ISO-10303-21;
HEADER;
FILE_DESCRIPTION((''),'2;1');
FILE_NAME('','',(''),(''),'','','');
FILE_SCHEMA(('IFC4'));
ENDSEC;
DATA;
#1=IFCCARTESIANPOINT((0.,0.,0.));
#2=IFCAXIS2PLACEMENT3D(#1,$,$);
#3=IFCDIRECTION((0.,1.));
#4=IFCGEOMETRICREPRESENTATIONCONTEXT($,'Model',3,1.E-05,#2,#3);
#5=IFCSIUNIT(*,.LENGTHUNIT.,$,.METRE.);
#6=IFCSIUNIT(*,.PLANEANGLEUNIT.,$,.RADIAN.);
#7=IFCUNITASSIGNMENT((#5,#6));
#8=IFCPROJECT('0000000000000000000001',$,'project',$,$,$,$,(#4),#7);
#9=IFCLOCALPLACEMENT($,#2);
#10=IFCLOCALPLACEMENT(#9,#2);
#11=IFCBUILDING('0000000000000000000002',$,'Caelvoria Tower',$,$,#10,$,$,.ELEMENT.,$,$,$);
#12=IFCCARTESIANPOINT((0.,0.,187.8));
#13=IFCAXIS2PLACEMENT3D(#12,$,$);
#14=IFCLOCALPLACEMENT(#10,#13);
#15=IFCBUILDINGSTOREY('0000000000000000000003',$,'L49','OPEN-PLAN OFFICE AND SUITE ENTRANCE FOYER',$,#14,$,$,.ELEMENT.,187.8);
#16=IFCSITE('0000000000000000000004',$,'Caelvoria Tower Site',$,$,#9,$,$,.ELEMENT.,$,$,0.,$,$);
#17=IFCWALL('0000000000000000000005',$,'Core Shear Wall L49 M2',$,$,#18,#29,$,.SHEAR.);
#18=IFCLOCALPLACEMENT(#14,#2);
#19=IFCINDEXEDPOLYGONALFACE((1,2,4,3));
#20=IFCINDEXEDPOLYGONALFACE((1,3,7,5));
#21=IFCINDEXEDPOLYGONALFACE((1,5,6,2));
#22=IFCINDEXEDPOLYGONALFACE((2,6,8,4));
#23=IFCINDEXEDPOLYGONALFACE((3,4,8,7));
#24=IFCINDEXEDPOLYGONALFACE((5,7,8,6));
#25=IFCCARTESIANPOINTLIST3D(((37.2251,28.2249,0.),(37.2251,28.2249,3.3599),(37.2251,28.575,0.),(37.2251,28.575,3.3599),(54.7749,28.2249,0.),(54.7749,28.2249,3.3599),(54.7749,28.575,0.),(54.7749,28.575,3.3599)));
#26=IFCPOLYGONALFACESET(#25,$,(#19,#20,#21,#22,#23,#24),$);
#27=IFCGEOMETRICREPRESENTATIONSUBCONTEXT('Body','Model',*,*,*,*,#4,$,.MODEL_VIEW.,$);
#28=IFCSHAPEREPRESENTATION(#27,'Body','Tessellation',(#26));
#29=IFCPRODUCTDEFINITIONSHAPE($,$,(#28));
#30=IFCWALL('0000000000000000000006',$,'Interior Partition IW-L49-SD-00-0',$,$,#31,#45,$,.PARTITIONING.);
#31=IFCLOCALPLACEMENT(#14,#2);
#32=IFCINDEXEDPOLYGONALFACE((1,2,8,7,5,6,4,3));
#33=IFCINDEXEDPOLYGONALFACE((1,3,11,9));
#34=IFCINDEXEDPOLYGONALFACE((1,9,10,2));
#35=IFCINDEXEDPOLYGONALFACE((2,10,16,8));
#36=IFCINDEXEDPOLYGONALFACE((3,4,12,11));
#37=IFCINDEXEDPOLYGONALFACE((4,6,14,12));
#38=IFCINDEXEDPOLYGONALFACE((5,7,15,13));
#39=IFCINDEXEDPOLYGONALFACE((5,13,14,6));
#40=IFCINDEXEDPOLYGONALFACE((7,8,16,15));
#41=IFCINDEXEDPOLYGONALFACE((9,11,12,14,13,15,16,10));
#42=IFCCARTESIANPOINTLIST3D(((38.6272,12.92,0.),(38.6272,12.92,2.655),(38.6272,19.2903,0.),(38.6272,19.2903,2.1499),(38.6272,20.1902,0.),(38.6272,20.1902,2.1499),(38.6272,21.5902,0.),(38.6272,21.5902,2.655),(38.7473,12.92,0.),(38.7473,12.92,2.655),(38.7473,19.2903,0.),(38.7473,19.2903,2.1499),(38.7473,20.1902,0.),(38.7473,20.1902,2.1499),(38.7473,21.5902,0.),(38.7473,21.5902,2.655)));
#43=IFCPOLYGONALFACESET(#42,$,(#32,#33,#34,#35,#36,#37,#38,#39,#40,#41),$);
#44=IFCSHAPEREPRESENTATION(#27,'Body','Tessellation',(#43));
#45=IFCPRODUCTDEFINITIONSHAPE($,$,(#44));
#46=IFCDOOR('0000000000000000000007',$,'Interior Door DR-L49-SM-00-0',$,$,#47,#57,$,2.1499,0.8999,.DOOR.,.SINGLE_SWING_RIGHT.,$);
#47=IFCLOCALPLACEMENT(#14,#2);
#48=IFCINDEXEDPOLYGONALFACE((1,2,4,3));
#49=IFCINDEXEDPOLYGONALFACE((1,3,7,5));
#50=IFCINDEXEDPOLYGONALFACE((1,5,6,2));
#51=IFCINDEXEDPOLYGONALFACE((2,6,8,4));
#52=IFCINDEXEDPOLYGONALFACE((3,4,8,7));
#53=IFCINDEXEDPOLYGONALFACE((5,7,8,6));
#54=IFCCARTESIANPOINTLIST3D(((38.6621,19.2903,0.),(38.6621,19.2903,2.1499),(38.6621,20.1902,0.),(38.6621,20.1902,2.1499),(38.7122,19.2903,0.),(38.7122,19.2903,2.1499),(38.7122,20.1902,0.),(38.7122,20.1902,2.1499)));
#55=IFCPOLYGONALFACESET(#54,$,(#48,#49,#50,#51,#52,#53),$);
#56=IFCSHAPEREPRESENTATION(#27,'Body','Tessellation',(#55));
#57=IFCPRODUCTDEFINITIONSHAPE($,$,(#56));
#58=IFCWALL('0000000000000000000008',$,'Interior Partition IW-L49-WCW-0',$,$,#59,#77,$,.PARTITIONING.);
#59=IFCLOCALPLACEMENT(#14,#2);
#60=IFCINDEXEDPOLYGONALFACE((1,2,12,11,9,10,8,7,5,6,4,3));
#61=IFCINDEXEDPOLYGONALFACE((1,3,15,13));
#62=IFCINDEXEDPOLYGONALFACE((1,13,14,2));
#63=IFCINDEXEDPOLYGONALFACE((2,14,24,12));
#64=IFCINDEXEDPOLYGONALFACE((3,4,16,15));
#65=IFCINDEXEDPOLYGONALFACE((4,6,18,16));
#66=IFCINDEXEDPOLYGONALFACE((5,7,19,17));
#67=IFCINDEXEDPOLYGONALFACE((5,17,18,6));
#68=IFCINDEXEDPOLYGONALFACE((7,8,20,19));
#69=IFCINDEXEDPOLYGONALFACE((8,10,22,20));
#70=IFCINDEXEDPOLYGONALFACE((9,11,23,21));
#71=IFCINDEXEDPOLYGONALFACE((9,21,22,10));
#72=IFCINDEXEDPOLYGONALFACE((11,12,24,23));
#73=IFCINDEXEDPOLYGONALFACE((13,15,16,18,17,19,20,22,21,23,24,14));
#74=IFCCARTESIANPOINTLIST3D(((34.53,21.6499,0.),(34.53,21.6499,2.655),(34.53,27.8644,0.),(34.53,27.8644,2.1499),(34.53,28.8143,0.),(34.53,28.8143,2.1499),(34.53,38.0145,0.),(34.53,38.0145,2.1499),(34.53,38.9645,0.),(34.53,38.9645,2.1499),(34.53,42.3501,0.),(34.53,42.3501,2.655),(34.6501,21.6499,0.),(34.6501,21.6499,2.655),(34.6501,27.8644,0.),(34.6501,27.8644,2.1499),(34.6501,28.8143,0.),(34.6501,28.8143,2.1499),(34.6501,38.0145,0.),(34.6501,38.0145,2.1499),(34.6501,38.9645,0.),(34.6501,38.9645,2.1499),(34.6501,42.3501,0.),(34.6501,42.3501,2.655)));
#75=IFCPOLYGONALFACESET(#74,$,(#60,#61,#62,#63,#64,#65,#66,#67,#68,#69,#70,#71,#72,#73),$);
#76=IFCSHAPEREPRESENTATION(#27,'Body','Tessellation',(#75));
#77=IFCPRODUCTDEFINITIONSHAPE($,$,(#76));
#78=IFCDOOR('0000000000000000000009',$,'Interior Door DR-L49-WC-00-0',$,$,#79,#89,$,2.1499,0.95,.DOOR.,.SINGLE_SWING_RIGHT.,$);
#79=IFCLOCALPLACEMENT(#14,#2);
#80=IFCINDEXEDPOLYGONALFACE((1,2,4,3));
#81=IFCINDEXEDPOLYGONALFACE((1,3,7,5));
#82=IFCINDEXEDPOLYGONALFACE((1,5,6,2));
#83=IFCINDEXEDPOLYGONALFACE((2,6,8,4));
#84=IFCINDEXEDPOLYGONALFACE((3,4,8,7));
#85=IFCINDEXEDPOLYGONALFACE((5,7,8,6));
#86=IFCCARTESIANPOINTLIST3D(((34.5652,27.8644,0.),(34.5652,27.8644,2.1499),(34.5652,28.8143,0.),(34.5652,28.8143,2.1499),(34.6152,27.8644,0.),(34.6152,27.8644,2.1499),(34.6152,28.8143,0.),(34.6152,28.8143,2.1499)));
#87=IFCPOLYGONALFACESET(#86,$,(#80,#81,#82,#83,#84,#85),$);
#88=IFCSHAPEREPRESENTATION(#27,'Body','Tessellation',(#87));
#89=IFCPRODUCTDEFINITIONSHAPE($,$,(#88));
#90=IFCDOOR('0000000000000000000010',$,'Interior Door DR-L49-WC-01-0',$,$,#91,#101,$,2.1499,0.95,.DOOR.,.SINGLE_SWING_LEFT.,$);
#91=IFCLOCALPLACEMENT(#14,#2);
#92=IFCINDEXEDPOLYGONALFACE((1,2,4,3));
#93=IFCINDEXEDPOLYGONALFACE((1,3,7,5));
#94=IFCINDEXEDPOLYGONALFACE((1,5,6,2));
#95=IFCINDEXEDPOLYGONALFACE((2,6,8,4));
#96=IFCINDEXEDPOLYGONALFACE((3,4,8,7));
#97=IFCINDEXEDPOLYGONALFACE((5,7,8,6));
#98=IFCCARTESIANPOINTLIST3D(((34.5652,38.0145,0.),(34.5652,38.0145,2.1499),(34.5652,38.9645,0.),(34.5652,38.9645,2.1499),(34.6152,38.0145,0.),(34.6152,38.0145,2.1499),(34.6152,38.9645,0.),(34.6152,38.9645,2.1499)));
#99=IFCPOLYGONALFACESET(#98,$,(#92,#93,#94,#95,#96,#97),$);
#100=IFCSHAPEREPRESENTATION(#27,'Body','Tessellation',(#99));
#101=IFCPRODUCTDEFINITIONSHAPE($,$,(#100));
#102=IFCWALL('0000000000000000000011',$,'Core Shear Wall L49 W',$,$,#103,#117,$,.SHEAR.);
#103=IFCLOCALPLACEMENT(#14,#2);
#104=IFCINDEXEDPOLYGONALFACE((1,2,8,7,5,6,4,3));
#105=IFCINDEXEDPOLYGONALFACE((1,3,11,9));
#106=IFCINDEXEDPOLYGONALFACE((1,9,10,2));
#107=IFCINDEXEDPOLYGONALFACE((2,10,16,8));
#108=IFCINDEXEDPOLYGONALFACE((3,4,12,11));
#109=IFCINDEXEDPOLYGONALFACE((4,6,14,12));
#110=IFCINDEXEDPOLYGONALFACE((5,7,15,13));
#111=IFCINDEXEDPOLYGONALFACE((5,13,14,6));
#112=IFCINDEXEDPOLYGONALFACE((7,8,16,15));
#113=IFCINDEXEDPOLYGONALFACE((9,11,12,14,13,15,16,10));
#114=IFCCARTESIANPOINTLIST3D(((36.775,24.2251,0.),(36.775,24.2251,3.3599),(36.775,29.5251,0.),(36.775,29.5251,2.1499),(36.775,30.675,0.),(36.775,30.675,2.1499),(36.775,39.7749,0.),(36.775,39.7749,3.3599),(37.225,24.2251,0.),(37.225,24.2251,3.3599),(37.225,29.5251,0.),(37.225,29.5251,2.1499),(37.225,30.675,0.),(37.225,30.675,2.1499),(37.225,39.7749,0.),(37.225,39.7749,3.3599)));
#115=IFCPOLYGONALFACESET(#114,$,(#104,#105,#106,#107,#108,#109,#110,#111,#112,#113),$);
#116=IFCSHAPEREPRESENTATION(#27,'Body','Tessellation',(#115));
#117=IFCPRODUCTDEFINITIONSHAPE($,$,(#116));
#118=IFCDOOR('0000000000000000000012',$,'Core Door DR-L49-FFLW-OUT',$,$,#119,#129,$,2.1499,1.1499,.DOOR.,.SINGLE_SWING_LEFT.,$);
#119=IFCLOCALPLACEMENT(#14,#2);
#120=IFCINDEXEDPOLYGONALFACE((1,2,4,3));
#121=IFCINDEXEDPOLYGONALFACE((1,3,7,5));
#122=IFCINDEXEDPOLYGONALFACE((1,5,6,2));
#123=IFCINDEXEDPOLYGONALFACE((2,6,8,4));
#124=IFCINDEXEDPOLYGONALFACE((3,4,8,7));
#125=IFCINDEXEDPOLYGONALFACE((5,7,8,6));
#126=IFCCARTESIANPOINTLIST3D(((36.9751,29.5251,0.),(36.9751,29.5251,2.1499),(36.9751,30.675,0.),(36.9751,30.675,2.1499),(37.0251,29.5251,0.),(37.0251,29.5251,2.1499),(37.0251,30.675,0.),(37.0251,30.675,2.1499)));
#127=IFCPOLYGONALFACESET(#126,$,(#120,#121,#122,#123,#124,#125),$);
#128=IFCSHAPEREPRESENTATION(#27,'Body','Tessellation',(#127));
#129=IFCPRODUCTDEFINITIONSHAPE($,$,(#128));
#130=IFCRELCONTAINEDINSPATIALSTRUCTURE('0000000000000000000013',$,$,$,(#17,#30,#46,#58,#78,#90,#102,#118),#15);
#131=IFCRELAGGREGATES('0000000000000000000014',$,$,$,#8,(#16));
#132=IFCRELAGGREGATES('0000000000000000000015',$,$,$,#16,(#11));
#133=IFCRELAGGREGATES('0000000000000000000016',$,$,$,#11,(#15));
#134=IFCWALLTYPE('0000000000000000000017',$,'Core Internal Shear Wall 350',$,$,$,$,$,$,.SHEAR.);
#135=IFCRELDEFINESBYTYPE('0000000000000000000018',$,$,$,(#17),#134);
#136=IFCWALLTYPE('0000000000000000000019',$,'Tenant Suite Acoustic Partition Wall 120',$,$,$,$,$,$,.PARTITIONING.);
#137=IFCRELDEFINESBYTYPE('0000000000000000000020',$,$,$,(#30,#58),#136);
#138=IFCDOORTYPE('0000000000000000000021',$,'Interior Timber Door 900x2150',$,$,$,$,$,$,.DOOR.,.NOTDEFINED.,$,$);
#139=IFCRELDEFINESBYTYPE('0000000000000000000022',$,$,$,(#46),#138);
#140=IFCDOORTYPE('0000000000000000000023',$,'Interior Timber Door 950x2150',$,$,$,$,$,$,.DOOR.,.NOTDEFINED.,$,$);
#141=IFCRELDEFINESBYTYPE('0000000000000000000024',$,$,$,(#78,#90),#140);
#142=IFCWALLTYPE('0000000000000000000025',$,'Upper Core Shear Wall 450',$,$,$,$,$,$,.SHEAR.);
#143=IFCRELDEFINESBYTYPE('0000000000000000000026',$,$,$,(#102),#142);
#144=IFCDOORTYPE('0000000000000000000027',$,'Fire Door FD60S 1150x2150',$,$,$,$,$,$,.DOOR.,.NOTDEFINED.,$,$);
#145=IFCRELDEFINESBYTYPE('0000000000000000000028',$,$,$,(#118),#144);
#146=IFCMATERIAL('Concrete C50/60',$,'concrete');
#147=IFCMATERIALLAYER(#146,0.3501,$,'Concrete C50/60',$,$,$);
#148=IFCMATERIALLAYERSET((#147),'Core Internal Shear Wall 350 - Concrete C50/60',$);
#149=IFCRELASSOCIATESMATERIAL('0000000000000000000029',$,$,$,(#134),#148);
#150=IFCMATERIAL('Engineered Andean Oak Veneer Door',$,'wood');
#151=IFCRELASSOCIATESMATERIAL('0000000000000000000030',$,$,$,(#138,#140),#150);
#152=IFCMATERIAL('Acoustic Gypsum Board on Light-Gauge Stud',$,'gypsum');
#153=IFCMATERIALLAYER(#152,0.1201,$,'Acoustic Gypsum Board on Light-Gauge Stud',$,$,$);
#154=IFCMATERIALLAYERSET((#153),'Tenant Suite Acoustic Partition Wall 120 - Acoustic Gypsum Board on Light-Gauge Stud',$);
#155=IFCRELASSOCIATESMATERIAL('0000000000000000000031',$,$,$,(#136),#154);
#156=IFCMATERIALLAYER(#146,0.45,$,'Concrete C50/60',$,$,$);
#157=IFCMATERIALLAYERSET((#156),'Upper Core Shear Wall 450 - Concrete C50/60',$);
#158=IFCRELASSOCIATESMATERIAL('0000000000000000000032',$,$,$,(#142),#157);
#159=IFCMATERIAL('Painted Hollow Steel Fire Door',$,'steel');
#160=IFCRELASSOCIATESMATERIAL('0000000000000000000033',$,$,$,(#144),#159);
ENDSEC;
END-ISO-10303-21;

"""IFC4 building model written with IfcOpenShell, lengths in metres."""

from ifc_helpers import new_model, si_unit, direction, frame, frame_2d, origin, place, context, subcontext, project, spatial, rectangle, extrude, material, layer, layer_set, type_object, element, fill, save


model = new_model("IFC4")

# Units and contexts
model_context = context("Model", 3, precision=1e-05, world=origin(), true_north=direction((0.0, 1.0)))
body_context = subcontext(model_context, "Body", "Model", "MODEL_VIEW")
ifc_project = project(units=[si_unit("LENGTHUNIT", "METRE"), si_unit("PLANEANGLEUNIT", "RADIAN")], contexts=[model_context])

# Site, building, storey
site_placement = place(None, origin())
site = spatial("IfcSite", under=ifc_project, at=site_placement, Name="Caelvoria Tower Site", CompositionType="ELEMENT", RefElevation=0.0)
building_placement = place(site_placement, origin())
building = spatial("IfcBuilding", under=site, at=building_placement, Name="Caelvoria Tower", CompositionType="ELEMENT")
storey_placement = place(building_placement, frame((0.0, 0.0, 187.8)))
storey = spatial("IfcBuildingStorey", under=building, at=storey_placement, Name="L49", Description="OPEN-PLAN OFFICE AND SUITE ENTRANCE FOYER", CompositionType="ELEMENT", Elevation=187.8)

# Shared definitions
ifc_material_1 = material(Name="Concrete C50/60", Category="concrete")
ifc_layer_1 = layer(ifc_material_1, 0.3501, Name="Concrete C50/60")
ifc_layer_set_1 = layer_set([ifc_layer_1], Name="Core Internal Shear Wall 350 - Concrete C50/60")
wall_type_1 = type_object("IfcWallType", Name="Core Internal Shear Wall 350", PredefinedType="SHEAR", material=ifc_layer_set_1)
ifc_material_2 = material(Name="Painted Hollow Steel Fire Door", Category="steel")

# Wall
wall_1_placement = place(storey_placement, frame((37.2251, 28.3999, 0.0), z_axis=(0.0, 0.0, 1.0), x_axis=(1.0, 0.0, 0.0)))
element("IfcWall", 1, at=wall_1_placement, inside=storey, type_object=wall_type_1, Name="Core Shear Wall L49 M2", PredefinedType="SHEAR", context=body_context, shape_type="SweptSolid", body=[
    extrude(rectangle(XDim=17.5498, YDim=0.3501, at=frame_2d((8.7749, 0.0))), origin(), (0.0, 0.0, 1.0), 3.3599),
])

# Wall, opening, door
ifc_material_3 = material(Name="Engineered Andean Oak Veneer Door", Category="wood")
door_type_1 = type_object("IfcDoorType", Name="Interior Timber Door 900x2150", OperationType="NOTDEFINED", PredefinedType="DOOR", material=ifc_material_3)
ifc_material_4 = material(Name="Acoustic Gypsum Board on Light-Gauge Stud", Category="gypsum")
ifc_layer_2 = layer(ifc_material_4, 0.1201, Name="Acoustic Gypsum Board on Light-Gauge Stud")
ifc_layer_set_2 = layer_set([ifc_layer_2], Name="Tenant Suite Acoustic Partition Wall 120 - Acoustic Gypsum Board on Light-Gauge Stud")
wall_type_2 = type_object("IfcWallType", Name="Tenant Suite Acoustic Partition Wall 120", PredefinedType="PARTITIONING", material=ifc_layer_set_2)
wall_2_placement = place(storey_placement, frame((38.6873, 21.5901, 0.0), z_axis=(0.0, 0.0, 1.0), x_axis=(0.0, -1.0, 0.0)))
wall_2 = element("IfcWall", 2, at=wall_2_placement, inside=storey, type_object=wall_type_2, Name="Interior Partition IW-L49-SD-00-0", PredefinedType="PARTITIONING", context=body_context, shape_type="SweptSolid", body=[
    extrude(rectangle(XDim=8.6702, YDim=0.1201, at=frame_2d((4.335, 0.0))), origin(), (0.0, 0.0, 1.0), 2.655),
])
opening_1_placement = place(wall_2_placement, frame((1.3999, 0.0, 0.0)))
opening_1 = element("IfcOpeningElement", 3, at=opening_1_placement, cuts=wall_2, PredefinedType="OPENING", context=body_context, shape_type="SweptSolid", body=[
    extrude(rectangle(XDim=0.8999, YDim=2.1499, at=frame_2d((0.45, 1.075))), frame((0.0, 0.0701, 0.0), z_axis=(0.0, -1.0, 0.0), x_axis=(1.0, 0.0, 0.0)), (0.0, 0.0, 1.0), 0.1401),
])
door_1_placement = place(opening_1_placement, origin())
door_1 = element("IfcDoor", 4, at=door_1_placement, inside=storey, type_object=door_type_1, Name="Interior Door DR-L49-SM-00-0", OperationType="SINGLE_SWING_RIGHT", OverallHeight=2.1499, OverallWidth=0.8999, PredefinedType="DOOR", context=body_context, shape_type="SweptSolid", body=[
    extrude(rectangle(XDim=0.8999, YDim=2.1499, at=frame_2d((0.45, 1.075))), frame((0.0, 0.0249, 0.0), z_axis=(0.0, -1.0, 0.0), x_axis=(1.0, 0.0, 0.0)), (0.0, 0.0, 1.0), 0.05),
])
fill(opening_1, door_1)

# Wall, openings, doors
wall_3_placement = place(storey_placement, frame((34.5901, 21.6499, 0.0), z_axis=(0.0, 0.0, 1.0), x_axis=(0.0, 1.0, 0.0)))
wall_3 = element("IfcWall", 5, at=wall_3_placement, inside=storey, type_object=wall_type_2, Name="Interior Partition IW-L49-WCW-0", PredefinedType="PARTITIONING", context=body_context, shape_type="SweptSolid", body=[
    extrude(rectangle(XDim=20.7002, YDim=0.1201, at=frame_2d((10.3501, 0.0))), origin(), (0.0, 0.0, 1.0), 2.655),
])
opening_2_placement = place(wall_3_placement, frame((6.2144, 0.0, 0.0)))
opening_2 = element("IfcOpeningElement", 6, at=opening_2_placement, cuts=wall_3, PredefinedType="OPENING", context=body_context, shape_type="SweptSolid", body=[
    extrude(rectangle(XDim=0.95, YDim=2.1499, at=frame_2d((0.4751, 1.075))), frame((0.0, 0.0701, 0.0), z_axis=(0.0, -1.0, 0.0), x_axis=(1.0, 0.0, 0.0)), (0.0, 0.0, 1.0), 0.1401),
])
opening_3_placement = place(wall_3_placement, frame((16.3645, 0.0, 0.0)))
opening_3 = element("IfcOpeningElement", 7, at=opening_3_placement, cuts=wall_3, PredefinedType="OPENING", context=body_context, shape_type="SweptSolid", body=[
    extrude(rectangle(XDim=0.95, YDim=2.1499, at=frame_2d((0.4751, 1.075))), frame((0.0, 0.0701, 0.0), z_axis=(0.0, -1.0, 0.0), x_axis=(1.0, 0.0, 0.0)), (0.0, 0.0, 1.0), 0.1401),
])
door_type_2 = type_object("IfcDoorType", Name="Interior Timber Door 950x2150", OperationType="NOTDEFINED", PredefinedType="DOOR", material=ifc_material_3)
door_2_placement = place(opening_2_placement, origin())
door_2 = element("IfcDoor", 8, at=door_2_placement, inside=storey, type_object=door_type_2, Name="Interior Door DR-L49-WC-00-0", OperationType="SINGLE_SWING_RIGHT", OverallHeight=2.1499, OverallWidth=0.95, PredefinedType="DOOR", context=body_context, shape_type="SweptSolid", body=[
    extrude(rectangle(XDim=0.95, YDim=2.1499, at=frame_2d((0.4751, 1.075))), frame((0.0, 0.0249, 0.0), z_axis=(0.0, -1.0, 0.0), x_axis=(1.0, 0.0, 0.0)), (0.0, 0.0, 1.0), 0.05),
])
fill(opening_2, door_2)
door_3_placement = place(opening_3_placement, origin())
door_3 = element("IfcDoor", 9, at=door_3_placement, inside=storey, type_object=door_type_2, Name="Interior Door DR-L49-WC-01-0", OperationType="SINGLE_SWING_LEFT", OverallHeight=2.1499, OverallWidth=0.95, PredefinedType="DOOR", context=body_context, shape_type="SweptSolid", body=[
    extrude(rectangle(XDim=0.95, YDim=2.1499, at=frame_2d((0.4751, 1.075))), frame((0.0, 0.0249, 0.0), z_axis=(0.0, -1.0, 0.0), x_axis=(1.0, 0.0, 0.0)), (0.0, 0.0, 1.0), 0.05),
])
fill(opening_3, door_3)

# Wall, opening, door
ifc_layer_3 = layer(ifc_material_1, 0.45, Name="Concrete C50/60")
ifc_layer_set_3 = layer_set([ifc_layer_3], Name="Upper Core Shear Wall 450 - Concrete C50/60")
wall_type_3 = type_object("IfcWallType", Name="Upper Core Shear Wall 450", PredefinedType="SHEAR", material=ifc_layer_set_3)
wall_4_placement = place(storey_placement, frame((37.0, 24.2251, 0.0), z_axis=(0.0, 0.0, 1.0), x_axis=(0.0, 1.0, 0.0)))
wall_4 = element("IfcWall", 10, at=wall_4_placement, inside=storey, type_object=wall_type_3, Name="Core Shear Wall L49 W", PredefinedType="SHEAR", context=body_context, shape_type="SweptSolid", body=[
    extrude(rectangle(XDim=15.5498, YDim=0.45, at=frame_2d((7.7749, 0.0))), origin(), (0.0, 0.0, 1.0), 3.3599),
])
opening_4_placement = place(wall_4_placement, frame((5.3, 0.0, 0.0)))
opening_4 = element("IfcOpeningElement", 11, at=opening_4_placement, cuts=wall_4, PredefinedType="OPENING", context=body_context, shape_type="SweptSolid", body=[
    extrude(rectangle(XDim=1.1499, YDim=2.1499, at=frame_2d((0.575, 1.075))), frame((0.0, 0.2349, 0.0), z_axis=(0.0, -1.0, 0.0), x_axis=(1.0, 0.0, 0.0)), (0.0, 0.0, 1.0), 0.47),
])
door_type_3 = type_object("IfcDoorType", Name="Fire Door FD60S 1150x2150", OperationType="NOTDEFINED", PredefinedType="DOOR", material=ifc_material_2)
door_4_placement = place(opening_4_placement, origin())
door_4 = element("IfcDoor", 12, at=door_4_placement, inside=storey, type_object=door_type_3, Name="Core Door DR-L49-FFLW-OUT", OperationType="SINGLE_SWING_LEFT", OverallHeight=2.1499, OverallWidth=1.1499, PredefinedType="DOOR", context=body_context, shape_type="SweptSolid", body=[
    extrude(rectangle(XDim=1.1499, YDim=2.1499, at=frame_2d((0.575, 1.075))), frame((0.0, 0.0249, 0.0), z_axis=(0.0, -1.0, 0.0), x_axis=(1.0, 0.0, 0.0)), (0.0, 0.0, 1.0), 0.05),
])
fill(opening_4, door_4)

save(model, "model.ifc")
